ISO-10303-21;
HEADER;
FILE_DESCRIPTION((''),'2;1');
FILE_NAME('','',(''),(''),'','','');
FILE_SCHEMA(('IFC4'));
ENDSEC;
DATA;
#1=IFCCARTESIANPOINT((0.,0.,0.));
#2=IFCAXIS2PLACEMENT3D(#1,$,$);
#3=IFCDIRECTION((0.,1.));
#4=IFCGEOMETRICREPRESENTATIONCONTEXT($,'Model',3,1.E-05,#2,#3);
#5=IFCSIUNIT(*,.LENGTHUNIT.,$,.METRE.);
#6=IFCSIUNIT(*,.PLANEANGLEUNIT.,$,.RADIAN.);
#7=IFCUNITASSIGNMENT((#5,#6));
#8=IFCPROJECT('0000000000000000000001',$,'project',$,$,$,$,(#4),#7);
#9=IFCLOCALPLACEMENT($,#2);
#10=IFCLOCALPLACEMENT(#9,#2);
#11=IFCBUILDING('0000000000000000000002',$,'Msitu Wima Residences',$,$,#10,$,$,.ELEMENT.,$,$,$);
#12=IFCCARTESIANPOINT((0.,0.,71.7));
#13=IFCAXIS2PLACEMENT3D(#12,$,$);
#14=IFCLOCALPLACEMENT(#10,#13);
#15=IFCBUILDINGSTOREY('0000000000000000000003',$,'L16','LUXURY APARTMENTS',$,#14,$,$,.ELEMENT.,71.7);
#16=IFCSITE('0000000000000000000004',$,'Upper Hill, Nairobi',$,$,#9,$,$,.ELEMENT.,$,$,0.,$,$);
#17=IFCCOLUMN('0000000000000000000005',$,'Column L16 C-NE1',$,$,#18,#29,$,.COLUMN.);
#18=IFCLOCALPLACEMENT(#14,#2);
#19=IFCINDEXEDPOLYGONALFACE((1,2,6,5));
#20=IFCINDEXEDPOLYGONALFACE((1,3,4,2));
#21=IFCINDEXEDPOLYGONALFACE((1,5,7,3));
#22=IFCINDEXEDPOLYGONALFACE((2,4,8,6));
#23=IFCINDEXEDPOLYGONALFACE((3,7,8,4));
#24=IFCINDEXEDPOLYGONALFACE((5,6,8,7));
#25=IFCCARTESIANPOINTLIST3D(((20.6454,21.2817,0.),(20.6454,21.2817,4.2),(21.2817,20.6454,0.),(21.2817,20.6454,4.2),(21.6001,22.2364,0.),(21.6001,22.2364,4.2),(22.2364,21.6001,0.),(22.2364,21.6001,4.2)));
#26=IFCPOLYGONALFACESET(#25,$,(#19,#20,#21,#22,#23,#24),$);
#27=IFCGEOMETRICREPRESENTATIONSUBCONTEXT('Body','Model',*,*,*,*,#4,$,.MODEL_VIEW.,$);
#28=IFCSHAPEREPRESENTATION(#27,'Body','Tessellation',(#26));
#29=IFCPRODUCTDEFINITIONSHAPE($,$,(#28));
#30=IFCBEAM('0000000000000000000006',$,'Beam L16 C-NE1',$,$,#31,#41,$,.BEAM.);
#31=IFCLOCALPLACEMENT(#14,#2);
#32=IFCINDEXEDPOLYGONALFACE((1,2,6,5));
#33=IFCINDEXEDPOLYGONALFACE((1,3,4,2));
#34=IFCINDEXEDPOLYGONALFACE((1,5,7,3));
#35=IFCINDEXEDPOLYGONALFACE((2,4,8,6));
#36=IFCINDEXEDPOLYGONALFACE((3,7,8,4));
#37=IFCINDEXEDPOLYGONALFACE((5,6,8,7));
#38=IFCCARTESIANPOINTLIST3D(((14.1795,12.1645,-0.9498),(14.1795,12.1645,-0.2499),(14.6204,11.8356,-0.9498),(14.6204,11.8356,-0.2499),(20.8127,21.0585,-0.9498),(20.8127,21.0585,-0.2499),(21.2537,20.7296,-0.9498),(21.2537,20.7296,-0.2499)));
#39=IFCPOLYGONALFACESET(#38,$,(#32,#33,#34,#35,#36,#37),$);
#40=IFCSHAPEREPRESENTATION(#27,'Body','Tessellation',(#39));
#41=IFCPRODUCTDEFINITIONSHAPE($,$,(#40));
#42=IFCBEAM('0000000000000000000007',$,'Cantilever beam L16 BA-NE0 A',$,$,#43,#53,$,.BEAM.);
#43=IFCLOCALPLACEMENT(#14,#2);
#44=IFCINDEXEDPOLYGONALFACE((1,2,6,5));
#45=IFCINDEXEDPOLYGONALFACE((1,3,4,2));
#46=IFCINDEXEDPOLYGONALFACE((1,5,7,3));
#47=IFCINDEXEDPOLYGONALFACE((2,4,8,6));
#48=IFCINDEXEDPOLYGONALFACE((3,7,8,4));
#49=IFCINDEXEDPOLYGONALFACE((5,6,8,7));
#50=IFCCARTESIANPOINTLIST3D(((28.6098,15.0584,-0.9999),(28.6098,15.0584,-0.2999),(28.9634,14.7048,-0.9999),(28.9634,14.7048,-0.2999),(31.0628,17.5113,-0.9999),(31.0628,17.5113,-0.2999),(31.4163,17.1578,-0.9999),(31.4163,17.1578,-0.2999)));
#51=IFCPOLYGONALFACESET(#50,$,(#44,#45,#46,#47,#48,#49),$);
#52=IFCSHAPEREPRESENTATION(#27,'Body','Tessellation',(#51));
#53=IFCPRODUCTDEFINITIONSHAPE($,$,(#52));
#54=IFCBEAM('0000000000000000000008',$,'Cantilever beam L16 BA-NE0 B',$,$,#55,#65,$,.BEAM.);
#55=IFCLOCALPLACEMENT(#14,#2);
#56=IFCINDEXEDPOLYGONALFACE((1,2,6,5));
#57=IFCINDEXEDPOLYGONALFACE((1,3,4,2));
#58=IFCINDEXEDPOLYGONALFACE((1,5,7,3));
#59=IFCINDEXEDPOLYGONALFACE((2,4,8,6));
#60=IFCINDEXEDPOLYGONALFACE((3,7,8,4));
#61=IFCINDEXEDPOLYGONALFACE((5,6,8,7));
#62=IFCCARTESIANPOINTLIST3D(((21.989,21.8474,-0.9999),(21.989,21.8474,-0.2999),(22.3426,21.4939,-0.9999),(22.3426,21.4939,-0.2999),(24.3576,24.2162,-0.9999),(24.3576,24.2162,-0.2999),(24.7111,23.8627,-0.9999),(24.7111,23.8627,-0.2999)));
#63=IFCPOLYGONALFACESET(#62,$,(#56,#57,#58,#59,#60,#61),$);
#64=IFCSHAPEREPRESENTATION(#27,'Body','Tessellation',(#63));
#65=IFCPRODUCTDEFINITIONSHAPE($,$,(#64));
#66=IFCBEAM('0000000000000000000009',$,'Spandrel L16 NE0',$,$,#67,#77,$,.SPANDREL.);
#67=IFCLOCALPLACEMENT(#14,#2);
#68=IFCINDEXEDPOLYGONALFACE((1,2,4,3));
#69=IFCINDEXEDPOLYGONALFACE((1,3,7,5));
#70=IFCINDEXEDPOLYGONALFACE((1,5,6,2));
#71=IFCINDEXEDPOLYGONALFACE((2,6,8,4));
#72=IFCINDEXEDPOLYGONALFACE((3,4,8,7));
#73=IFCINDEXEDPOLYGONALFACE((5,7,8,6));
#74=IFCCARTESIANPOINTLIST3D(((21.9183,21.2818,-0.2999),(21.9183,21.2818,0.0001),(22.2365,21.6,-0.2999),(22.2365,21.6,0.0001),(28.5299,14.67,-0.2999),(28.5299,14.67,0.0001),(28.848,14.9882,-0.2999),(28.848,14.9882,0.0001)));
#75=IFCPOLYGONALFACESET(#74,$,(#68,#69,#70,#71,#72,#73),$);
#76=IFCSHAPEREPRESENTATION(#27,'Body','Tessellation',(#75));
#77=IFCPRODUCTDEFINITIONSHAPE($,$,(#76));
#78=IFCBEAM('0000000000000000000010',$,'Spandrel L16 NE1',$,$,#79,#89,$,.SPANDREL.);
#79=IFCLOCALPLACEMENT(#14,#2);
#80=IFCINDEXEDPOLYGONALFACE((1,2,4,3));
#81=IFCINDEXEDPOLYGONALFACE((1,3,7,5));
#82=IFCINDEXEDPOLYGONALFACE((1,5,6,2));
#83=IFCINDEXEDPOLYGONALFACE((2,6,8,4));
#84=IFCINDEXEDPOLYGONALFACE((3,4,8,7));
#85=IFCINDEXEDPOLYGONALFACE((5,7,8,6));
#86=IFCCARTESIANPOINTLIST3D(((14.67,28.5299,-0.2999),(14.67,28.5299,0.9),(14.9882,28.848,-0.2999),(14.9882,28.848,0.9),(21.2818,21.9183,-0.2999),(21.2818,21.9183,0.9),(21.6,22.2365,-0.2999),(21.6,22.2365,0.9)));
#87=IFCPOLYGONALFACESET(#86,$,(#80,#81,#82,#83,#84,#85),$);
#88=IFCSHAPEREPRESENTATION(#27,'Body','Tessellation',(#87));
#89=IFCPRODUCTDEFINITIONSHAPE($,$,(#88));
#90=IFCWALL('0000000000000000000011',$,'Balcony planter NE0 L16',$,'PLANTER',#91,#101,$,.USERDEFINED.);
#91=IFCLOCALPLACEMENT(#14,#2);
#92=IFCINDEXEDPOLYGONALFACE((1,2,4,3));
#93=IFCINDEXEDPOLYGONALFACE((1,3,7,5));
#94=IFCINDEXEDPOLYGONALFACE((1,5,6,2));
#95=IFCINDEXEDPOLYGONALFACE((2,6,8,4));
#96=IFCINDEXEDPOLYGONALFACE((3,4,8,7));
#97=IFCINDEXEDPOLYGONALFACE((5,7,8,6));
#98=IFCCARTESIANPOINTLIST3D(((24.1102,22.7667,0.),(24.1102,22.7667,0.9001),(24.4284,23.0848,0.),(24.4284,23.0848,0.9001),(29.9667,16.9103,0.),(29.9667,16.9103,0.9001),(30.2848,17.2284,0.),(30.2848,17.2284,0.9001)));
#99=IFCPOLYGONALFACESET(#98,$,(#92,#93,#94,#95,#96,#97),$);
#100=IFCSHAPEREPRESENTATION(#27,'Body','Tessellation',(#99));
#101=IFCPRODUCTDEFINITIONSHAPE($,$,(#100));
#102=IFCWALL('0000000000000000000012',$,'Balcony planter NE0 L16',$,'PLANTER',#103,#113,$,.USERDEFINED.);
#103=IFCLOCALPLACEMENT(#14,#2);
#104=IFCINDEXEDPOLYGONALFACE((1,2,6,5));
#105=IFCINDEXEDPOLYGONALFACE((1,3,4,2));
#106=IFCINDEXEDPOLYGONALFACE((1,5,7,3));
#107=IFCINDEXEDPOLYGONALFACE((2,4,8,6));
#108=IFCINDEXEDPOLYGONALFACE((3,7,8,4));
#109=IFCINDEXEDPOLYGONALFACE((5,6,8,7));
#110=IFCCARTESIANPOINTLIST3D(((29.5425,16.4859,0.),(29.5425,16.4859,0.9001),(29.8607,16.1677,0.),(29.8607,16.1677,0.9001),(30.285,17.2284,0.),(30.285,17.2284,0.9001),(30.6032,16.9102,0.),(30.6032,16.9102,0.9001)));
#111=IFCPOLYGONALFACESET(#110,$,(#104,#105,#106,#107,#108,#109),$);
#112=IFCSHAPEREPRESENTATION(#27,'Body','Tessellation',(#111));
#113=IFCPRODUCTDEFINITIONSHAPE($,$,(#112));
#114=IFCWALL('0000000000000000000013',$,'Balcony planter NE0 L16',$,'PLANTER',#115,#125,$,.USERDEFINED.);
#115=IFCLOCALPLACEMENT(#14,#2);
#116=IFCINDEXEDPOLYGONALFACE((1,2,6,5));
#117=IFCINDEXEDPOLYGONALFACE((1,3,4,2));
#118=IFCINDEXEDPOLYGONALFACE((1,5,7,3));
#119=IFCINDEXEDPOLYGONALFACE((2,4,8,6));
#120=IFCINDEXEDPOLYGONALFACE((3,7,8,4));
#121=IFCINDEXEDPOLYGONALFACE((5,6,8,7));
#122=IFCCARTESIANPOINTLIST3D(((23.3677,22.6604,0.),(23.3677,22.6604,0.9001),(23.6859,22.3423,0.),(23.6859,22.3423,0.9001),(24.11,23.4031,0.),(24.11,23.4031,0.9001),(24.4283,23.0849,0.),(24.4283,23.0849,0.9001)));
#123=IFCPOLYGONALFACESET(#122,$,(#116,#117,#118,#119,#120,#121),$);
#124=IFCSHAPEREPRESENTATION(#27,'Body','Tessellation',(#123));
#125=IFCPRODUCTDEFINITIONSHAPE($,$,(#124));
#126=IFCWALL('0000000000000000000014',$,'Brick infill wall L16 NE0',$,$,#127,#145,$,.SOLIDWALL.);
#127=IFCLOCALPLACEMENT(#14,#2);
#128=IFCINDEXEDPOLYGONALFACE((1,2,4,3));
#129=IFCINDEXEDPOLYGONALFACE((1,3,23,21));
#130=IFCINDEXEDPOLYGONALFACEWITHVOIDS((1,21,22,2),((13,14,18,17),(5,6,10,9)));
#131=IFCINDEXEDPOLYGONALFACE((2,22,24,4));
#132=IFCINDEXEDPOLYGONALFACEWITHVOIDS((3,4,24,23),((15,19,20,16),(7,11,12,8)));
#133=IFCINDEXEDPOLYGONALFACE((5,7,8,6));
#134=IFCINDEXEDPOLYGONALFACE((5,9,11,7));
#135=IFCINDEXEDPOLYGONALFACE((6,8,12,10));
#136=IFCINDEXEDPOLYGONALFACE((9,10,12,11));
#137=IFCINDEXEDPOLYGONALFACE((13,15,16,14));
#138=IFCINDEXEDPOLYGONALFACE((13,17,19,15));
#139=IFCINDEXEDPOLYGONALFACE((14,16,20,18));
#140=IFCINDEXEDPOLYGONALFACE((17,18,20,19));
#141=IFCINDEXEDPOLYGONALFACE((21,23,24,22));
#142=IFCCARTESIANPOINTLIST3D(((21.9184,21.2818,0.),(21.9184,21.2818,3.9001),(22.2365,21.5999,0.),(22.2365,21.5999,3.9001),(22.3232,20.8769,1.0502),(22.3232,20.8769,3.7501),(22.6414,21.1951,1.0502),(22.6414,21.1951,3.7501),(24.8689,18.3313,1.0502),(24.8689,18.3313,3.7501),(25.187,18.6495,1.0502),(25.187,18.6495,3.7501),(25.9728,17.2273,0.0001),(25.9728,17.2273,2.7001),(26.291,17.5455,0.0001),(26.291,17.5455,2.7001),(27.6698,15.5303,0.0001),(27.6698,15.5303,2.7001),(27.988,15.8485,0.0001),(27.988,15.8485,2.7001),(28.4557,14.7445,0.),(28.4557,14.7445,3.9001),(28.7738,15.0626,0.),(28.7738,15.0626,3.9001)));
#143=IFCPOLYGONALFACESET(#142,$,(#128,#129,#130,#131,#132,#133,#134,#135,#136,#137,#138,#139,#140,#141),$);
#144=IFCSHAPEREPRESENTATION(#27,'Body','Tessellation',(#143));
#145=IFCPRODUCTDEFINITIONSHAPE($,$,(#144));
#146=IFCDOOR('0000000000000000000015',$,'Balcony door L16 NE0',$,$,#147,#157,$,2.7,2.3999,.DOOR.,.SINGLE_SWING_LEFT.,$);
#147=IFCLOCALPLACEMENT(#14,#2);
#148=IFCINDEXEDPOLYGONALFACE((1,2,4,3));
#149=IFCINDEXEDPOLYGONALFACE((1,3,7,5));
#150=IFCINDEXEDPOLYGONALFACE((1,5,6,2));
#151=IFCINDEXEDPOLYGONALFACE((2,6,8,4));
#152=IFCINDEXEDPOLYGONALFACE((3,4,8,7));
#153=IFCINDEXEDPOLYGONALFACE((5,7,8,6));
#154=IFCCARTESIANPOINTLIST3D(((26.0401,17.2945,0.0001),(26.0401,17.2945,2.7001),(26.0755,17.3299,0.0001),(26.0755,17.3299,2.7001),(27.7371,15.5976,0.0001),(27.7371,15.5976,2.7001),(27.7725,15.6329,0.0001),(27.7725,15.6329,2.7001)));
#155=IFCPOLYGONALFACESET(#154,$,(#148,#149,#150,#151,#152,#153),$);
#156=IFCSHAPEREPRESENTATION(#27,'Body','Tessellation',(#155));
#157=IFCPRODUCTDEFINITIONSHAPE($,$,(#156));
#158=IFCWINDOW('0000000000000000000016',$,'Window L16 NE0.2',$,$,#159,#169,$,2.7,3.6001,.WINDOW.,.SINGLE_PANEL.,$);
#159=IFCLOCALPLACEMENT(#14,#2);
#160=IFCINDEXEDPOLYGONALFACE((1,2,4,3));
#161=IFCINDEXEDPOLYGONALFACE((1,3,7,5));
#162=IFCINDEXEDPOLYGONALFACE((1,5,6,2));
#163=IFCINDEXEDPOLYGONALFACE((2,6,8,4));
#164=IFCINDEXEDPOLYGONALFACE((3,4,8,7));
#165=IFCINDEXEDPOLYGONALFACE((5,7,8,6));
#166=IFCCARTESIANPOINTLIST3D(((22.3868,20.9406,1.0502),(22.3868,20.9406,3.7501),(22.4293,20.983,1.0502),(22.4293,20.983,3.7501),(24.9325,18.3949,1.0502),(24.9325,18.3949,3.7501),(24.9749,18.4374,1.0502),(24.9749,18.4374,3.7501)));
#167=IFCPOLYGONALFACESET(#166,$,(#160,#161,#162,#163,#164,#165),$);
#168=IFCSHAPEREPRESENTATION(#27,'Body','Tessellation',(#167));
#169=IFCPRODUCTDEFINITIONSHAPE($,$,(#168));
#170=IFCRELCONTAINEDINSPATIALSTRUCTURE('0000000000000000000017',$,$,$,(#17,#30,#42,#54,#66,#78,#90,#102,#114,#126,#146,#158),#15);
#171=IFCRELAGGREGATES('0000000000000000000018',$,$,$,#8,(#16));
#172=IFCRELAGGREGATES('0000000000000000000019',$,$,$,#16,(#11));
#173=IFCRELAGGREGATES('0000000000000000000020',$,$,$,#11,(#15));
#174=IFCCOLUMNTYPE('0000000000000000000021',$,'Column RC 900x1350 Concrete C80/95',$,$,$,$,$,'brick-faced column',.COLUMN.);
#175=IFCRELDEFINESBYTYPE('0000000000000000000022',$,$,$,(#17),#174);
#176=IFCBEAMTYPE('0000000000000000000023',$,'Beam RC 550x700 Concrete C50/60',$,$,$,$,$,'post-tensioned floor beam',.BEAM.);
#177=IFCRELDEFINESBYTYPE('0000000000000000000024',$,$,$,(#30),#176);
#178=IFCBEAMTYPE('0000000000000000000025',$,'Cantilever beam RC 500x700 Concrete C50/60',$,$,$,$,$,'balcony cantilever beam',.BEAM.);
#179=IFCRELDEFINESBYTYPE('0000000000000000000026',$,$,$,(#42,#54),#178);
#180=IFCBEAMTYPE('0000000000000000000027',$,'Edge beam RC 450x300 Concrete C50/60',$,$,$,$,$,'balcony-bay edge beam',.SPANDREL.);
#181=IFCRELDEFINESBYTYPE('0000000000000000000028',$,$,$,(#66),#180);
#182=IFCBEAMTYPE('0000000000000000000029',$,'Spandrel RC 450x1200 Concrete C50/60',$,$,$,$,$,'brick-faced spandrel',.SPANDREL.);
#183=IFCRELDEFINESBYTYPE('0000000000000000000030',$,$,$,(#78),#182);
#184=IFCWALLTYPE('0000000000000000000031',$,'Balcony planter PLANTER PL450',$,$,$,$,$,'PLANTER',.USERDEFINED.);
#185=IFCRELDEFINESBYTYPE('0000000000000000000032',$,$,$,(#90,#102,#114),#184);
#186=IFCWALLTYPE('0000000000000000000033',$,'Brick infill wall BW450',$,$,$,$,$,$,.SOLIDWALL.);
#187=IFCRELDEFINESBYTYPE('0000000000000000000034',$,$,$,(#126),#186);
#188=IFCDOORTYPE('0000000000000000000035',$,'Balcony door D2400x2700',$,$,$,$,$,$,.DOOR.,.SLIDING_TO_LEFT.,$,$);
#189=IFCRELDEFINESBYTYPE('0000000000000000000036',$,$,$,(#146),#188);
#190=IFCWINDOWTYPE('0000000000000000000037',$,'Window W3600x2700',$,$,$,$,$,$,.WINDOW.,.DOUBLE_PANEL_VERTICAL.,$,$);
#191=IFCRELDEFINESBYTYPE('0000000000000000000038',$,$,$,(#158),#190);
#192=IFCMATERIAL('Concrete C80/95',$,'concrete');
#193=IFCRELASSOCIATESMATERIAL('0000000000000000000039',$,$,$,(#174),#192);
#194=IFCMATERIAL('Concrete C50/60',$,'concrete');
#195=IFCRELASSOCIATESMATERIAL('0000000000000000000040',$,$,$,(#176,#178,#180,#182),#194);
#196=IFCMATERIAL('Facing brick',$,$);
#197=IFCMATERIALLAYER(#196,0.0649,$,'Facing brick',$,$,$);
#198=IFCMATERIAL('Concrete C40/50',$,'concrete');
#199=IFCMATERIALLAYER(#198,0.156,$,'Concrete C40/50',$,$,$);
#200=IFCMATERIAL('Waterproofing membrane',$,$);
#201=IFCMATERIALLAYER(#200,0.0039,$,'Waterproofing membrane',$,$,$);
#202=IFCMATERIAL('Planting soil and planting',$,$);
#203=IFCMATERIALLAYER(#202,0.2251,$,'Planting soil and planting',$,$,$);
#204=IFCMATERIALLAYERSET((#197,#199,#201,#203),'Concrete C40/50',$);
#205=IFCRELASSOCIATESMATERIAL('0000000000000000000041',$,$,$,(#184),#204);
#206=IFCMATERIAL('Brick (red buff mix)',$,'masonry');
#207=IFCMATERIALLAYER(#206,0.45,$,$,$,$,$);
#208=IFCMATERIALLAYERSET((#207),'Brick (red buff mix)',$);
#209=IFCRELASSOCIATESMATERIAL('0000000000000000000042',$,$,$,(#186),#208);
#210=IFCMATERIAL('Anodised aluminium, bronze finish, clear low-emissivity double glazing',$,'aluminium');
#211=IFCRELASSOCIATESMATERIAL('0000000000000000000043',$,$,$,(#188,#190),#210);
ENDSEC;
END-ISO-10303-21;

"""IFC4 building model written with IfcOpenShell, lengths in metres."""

from ifc_helpers import new_model, si_unit, direction, frame, frame_2d, origin, origin_2d, place, context, subcontext, project, spatial, rectangle, extrude, material, layer, layer_set, material_profile, profile_set, type_object, element, fill, save


model = new_model("IFC4")

# Units and contexts
model_context = context("Model", 3, precision=1e-05, world=origin(), true_north=direction((0.0, 1.0)))
body_context = subcontext(model_context, "Body", "Model", "MODEL_VIEW")
ifc_project = project(units=[si_unit("LENGTHUNIT", "METRE"), si_unit("PLANEANGLEUNIT", "RADIAN")], contexts=[model_context])

# Site, building, storey
site_placement = place(None, origin())
site = spatial("IfcSite", under=ifc_project, at=site_placement, Name="Upper Hill, Nairobi", CompositionType="ELEMENT", RefElevation=0.0)
building_placement = place(site_placement, origin())
building = spatial("IfcBuilding", under=site, at=building_placement, Name="Msitu Wima Residences", CompositionType="ELEMENT")
storey_placement = place(building_placement, frame((0.0, 0.0, 71.7)))
storey = spatial("IfcBuildingStorey", under=building, at=storey_placement, Name="L16", Description="LUXURY APARTMENTS", CompositionType="ELEMENT", Elevation=71.7)

# Column
ifc_material_1 = material(Name="Concrete C80/95", Category="concrete")
ifc_material_profile_1 = material_profile(ifc_material_1, rectangle(XDim=0.8999, YDim=1.3501, at=origin_2d()), Name="RC 900x1350")
ifc_profile_set_1 = profile_set([ifc_material_profile_1], Name="Concrete C80/95")
column_type = type_object("IfcColumnType", Name="Column RC 900x1350 Concrete C80/95", ElementType="brick-faced column", PredefinedType="COLUMN", material=ifc_profile_set_1)
column_placement = place(storey_placement, frame((21.4409, 21.4409, 0.0), z_axis=(0.0, 0.0, 1.0), x_axis=(-0.707107, 0.707107, 0.0)))
element("IfcColumn", 1, at=column_placement, inside=storey, type_object=column_type, Name="Column L16 C-NE1", PredefinedType="COLUMN", context=body_context, shape_type="SweptSolid", body=[
    extrude(rectangle(XDim=0.8999, YDim=1.3501, at=origin_2d()), origin(), (0.0, 0.0, 1.0), 4.2),
])

# Beams
ifc_material_2 = material(Name="Concrete C50/60", Category="concrete")
ifc_material_profile_2 = material_profile(ifc_material_2, rectangle(XDim=0.55, YDim=0.7, at=origin_2d()), Name="RC 550x700")
ifc_profile_set_2 = profile_set([ifc_material_profile_2], Name="Concrete C50/60")
beam_type_1 = type_object("IfcBeamType", Name="Beam RC 550x700 Concrete C50/60", ElementType="post-tensioned floor beam", PredefinedType="BEAM", material=ifc_profile_set_2)
beam_1_placement = place(storey_placement, frame((21.0332, 20.894, -0.5999), z_axis=(-0.59785, -0.801608, 0.0), x_axis=(0.801608, -0.59785, 0.0)))
element("IfcBeam", 2, at=beam_1_placement, inside=storey, type_object=beam_type_1, Name="Beam L16 C-NE1", PredefinedType="BEAM", context=body_context, shape_type="SweptSolid", body=[
    extrude(rectangle(XDim=0.55, YDim=0.7, at=origin_2d()), origin(), (0.0, 0.0, 1.0), 11.0952),
])
ifc_material_profile_3 = material_profile(ifc_material_2, rectangle(XDim=0.5, YDim=0.7, at=origin_2d()), Name="RC 500x700")
ifc_profile_set_3 = profile_set([ifc_material_profile_3], Name="Concrete C50/60")
beam_type_2 = type_object("IfcBeamType", Name="Cantilever beam RC 500x700 Concrete C50/60", ElementType="balcony cantilever beam", PredefinedType="BEAM", material=ifc_profile_set_3)
beam_2_placement = place(storey_placement, frame((28.7866, 14.8816, -0.6499), z_axis=(0.707107, 0.707107, 0.0), x_axis=(-0.707107, 0.707107, 0.0)))
element("IfcBeam", 3, at=beam_2_placement, inside=storey, type_object=beam_type_2, Name="Cantilever beam L16 BA-NE0 A", PredefinedType="BEAM", context=body_context, shape_type="SweptSolid", body=[
    extrude(rectangle(XDim=0.5, YDim=0.7, at=origin_2d()), origin(), (0.0, 0.0, 1.0), 3.469),
])
beam_3_placement = place(storey_placement, frame((22.1658, 21.6707, -0.6499), z_axis=(0.70707, 0.707143, 0.0), x_axis=(-0.707143, 0.70707, 0.0)))
element("IfcBeam", 4, at=beam_3_placement, inside=storey, type_object=beam_type_2, Name="Cantilever beam L16 BA-NE0 B", PredefinedType="BEAM", context=body_context, shape_type="SweptSolid", body=[
    extrude(rectangle(XDim=0.5, YDim=0.7, at=origin_2d()), origin(), (0.0, 0.0, 1.0), 3.3499),
])
ifc_material_profile_4 = material_profile(ifc_material_2, rectangle(XDim=0.45, YDim=0.3, at=origin_2d()), Name="RC 450x300")
ifc_profile_set_4 = profile_set([ifc_material_profile_4], Name="Concrete C50/60")
beam_type_3 = type_object("IfcBeamType", Name="Edge beam RC 450x300 Concrete C50/60", ElementType="balcony-bay edge beam", PredefinedType="SPANDREL", material=ifc_profile_set_4)
beam_4_placement = place(storey_placement, frame((28.689, 14.8291, -0.1499), z_axis=(-0.707094, 0.70712, 0.0), x_axis=(-0.70712, -0.707094, 0.0)))
element("IfcBeam", 5, at=beam_4_placement, inside=storey, type_object=beam_type_3, Name="Spandrel L16 NE0", PredefinedType="SPANDREL", context=body_context, shape_type="SweptSolid", body=[
    extrude(rectangle(XDim=0.45, YDim=0.3, at=origin_2d()), origin(), (0.0, 0.0, 1.0), 9.3503),
])
ifc_material_profile_5 = material_profile(ifc_material_2, rectangle(XDim=0.45, YDim=1.2, at=origin_2d()), Name="RC 450x1200")
ifc_profile_set_5 = profile_set([ifc_material_profile_5], Name="Concrete C50/60")
beam_type_4 = type_object("IfcBeamType", Name="Spandrel RC 450x1200 Concrete C50/60", ElementType="brick-faced spandrel", PredefinedType="SPANDREL", material=ifc_profile_set_5)
beam_5_placement = place(storey_placement, frame((21.4409, 22.0774, 0.3), z_axis=(-0.70712, 0.707094, 0.0), x_axis=(-0.707094, -0.70712, 0.0)))
element("IfcBeam", 6, at=beam_5_placement, inside=storey, type_object=beam_type_4, Name="Spandrel L16 NE1", PredefinedType="SPANDREL", context=body_context, shape_type="SweptSolid", body=[
    extrude(rectangle(XDim=0.45, YDim=1.2, at=origin_2d()), origin(), (0.0, 0.0, 1.0), 9.3503),
])

# Walls
ifc_material_3 = material(Name="Facing brick")
ifc_layer_1 = layer(ifc_material_3, 0.0649, Name="Facing brick")
ifc_material_4 = material(Name="Concrete C40/50", Category="concrete")
ifc_layer_2 = layer(ifc_material_4, 0.156, Name="Concrete C40/50")
ifc_material_5 = material(Name="Waterproofing membrane")
ifc_layer_3 = layer(ifc_material_5, 0.0039, Name="Waterproofing membrane")
ifc_material_6 = material(Name="Planting soil and planting")
ifc_layer_4 = layer(ifc_material_6, 0.2251, Name="Planting soil and planting")
ifc_layer_set_1 = layer_set([ifc_layer_1, ifc_layer_2, ifc_layer_3, ifc_layer_4], Name="Concrete C40/50")
wall_type_1 = type_object("IfcWallType", Name="Balcony planter PLANTER PL450", ElementType="PLANTER", PredefinedType="USERDEFINED", material=ifc_layer_set_1)
wall_1_placement = place(storey_placement, frame((30.1257, 17.0693, 0.0), z_axis=(0.0, 0.0, 1.0), x_axis=(-0.707107, 0.707107, 0.0)))
element("IfcWall", 7, at=wall_1_placement, inside=storey, type_object=wall_type_1, Name="Balcony planter NE0 L16", ObjectType="PLANTER", PredefinedType="USERDEFINED", context=body_context, shape_type="SweptSolid", body=[
    extrude(rectangle(XDim=8.2822, YDim=0.45, at=frame_2d((4.1411, 0.0))), origin(), (0.0, 0.0, 1.0), 0.9001),
])
for number, where, z_axis, x_axis, name in (
    (8, (29.7017, 16.3269, 0.0), (0.0, 0.0, 1.0), (0.707107, 0.707107, 0.0), "Balcony planter NE0 L16"),
    (9, (23.5269, 22.5015, 0.0), (0.0, 0.0, 1.0), (0.706991, 0.707223, 0.0), "Balcony planter NE0 L16"),
):
    element("IfcWall", number, at=place(storey_placement, frame(where, z_axis=z_axis, x_axis=x_axis)), inside=storey, type_object=wall_type_1, Name=name, ObjectType="PLANTER", PredefinedType="USERDEFINED", context=body_context, shape_type="SweptSolid", body=[
        extrude(rectangle(XDim=1.05, YDim=0.45, at=frame_2d((0.5249, 0.0))), origin(), (0.0, 0.0, 1.0), 0.9001),
    ])

# Wall, openings, door, window
ifc_material_7 = material(Name="Brick (red buff mix)", Category="masonry")
ifc_layer_5 = layer(ifc_material_7, 0.45)
ifc_layer_set_2 = layer_set([ifc_layer_5], Name="Brick (red buff mix)")
wall_type_2 = type_object("IfcWallType", Name="Brick infill wall BW450", PredefinedType="SOLIDWALL", material=ifc_layer_set_2)
wall_2_placement = place(storey_placement, frame((28.6147, 14.9036, 0.0), z_axis=(0.0, 0.0, 1.0), x_axis=(-0.707107, 0.707107, 0.0)))
wall_2 = element("IfcWall", 10, at=wall_2_placement, inside=storey, type_object=wall_type_2, Name="Brick infill wall L16 NE0", PredefinedType="SOLIDWALL", context=body_context, shape_type="SweptSolid", body=[
    extrude(rectangle(XDim=9.2451, YDim=0.45, at=frame_2d((4.6226, 0.0))), origin(), (0.0, 0.0, 1.0), 3.9001),
])
opening_1_placement = place(wall_2_placement, frame((1.1113, 0.0, 0.0)))
opening_1 = element("IfcOpeningElement", 11, at=opening_1_placement, cuts=wall_2, PredefinedType="OPENING", context=body_context, shape_type="SweptSolid", body=[
    extrude(rectangle(XDim=2.3999, YDim=2.7, at=frame_2d((1.2, 1.3501))), frame((0.0, 0.2349, 0.0), z_axis=(0.0, -1.0, 0.0), x_axis=(1.0, 0.0, 0.0)), (0.0, 0.0, 1.0), 0.47),
])
opening_2_placement = place(wall_2_placement, frame((5.0725, 0.0, 1.05)))
opening_2 = element("IfcOpeningElement", 12, at=opening_2_placement, cuts=wall_2, PredefinedType="OPENING", context=body_context, shape_type="SweptSolid", body=[
    extrude(rectangle(XDim=3.6001, YDim=2.7, at=frame_2d((1.8, 1.3501))), frame((0.0, 0.2349, 0.0), z_axis=(0.0, -1.0, 0.0), x_axis=(1.0, 0.0, 0.0)), (0.0, 0.0, 1.0), 0.47),
])
ifc_material_8 = material(Name="Anodised aluminium, bronze finish, clear low-emissivity double glazing", Category="aluminium")
door_type = type_object("IfcDoorType", Name="Balcony door D2400x2700", OperationType="SLIDING_TO_LEFT", PredefinedType="DOOR", material=ifc_material_8)
door_placement = place(opening_1_placement, origin())
door = element("IfcDoor", 13, at=door_placement, inside=storey, type_object=door_type, Name="Balcony door L16 NE0", OperationType="SINGLE_SWING_LEFT", OverallHeight=2.7, OverallWidth=2.3999, PredefinedType="DOOR", context=body_context, shape_type="SweptSolid", body=[
    extrude(rectangle(XDim=2.3999, YDim=2.7, at=frame_2d((1.2, 1.3501))), frame((0.0, 0.1299, 0.0), z_axis=(0.0, -1.0, 0.0), x_axis=(1.0, 0.0, 0.0)), (0.0, 0.0, 1.0), 0.05),
])
fill(opening_1, door)
window_type = type_object("IfcWindowType", Name="Window W3600x2700", PartitioningType="DOUBLE_PANEL_VERTICAL", PredefinedType="WINDOW", material=ifc_material_8)
window_1_placement = place(opening_2_placement, origin())
window_1 = element("IfcWindow", 14, at=window_1_placement, inside=storey, type_object=window_type, Name="Window L16 NE0.2", OverallHeight=2.7, OverallWidth=3.6001, PartitioningType="SINGLE_PANEL", PredefinedType="WINDOW", context=body_context, shape_type="SweptSolid", body=[
    extrude(rectangle(XDim=3.6001, YDim=2.7, at=frame_2d((1.8, 1.3501))), frame((0.0, 0.135, 0.0), z_axis=(0.0, -1.0, 0.0), x_axis=(1.0, 0.0, 0.0)), (0.0, 0.0, 1.0), 0.0601),
])
fill(opening_2, window_1)

save(model, "model.ifc")
